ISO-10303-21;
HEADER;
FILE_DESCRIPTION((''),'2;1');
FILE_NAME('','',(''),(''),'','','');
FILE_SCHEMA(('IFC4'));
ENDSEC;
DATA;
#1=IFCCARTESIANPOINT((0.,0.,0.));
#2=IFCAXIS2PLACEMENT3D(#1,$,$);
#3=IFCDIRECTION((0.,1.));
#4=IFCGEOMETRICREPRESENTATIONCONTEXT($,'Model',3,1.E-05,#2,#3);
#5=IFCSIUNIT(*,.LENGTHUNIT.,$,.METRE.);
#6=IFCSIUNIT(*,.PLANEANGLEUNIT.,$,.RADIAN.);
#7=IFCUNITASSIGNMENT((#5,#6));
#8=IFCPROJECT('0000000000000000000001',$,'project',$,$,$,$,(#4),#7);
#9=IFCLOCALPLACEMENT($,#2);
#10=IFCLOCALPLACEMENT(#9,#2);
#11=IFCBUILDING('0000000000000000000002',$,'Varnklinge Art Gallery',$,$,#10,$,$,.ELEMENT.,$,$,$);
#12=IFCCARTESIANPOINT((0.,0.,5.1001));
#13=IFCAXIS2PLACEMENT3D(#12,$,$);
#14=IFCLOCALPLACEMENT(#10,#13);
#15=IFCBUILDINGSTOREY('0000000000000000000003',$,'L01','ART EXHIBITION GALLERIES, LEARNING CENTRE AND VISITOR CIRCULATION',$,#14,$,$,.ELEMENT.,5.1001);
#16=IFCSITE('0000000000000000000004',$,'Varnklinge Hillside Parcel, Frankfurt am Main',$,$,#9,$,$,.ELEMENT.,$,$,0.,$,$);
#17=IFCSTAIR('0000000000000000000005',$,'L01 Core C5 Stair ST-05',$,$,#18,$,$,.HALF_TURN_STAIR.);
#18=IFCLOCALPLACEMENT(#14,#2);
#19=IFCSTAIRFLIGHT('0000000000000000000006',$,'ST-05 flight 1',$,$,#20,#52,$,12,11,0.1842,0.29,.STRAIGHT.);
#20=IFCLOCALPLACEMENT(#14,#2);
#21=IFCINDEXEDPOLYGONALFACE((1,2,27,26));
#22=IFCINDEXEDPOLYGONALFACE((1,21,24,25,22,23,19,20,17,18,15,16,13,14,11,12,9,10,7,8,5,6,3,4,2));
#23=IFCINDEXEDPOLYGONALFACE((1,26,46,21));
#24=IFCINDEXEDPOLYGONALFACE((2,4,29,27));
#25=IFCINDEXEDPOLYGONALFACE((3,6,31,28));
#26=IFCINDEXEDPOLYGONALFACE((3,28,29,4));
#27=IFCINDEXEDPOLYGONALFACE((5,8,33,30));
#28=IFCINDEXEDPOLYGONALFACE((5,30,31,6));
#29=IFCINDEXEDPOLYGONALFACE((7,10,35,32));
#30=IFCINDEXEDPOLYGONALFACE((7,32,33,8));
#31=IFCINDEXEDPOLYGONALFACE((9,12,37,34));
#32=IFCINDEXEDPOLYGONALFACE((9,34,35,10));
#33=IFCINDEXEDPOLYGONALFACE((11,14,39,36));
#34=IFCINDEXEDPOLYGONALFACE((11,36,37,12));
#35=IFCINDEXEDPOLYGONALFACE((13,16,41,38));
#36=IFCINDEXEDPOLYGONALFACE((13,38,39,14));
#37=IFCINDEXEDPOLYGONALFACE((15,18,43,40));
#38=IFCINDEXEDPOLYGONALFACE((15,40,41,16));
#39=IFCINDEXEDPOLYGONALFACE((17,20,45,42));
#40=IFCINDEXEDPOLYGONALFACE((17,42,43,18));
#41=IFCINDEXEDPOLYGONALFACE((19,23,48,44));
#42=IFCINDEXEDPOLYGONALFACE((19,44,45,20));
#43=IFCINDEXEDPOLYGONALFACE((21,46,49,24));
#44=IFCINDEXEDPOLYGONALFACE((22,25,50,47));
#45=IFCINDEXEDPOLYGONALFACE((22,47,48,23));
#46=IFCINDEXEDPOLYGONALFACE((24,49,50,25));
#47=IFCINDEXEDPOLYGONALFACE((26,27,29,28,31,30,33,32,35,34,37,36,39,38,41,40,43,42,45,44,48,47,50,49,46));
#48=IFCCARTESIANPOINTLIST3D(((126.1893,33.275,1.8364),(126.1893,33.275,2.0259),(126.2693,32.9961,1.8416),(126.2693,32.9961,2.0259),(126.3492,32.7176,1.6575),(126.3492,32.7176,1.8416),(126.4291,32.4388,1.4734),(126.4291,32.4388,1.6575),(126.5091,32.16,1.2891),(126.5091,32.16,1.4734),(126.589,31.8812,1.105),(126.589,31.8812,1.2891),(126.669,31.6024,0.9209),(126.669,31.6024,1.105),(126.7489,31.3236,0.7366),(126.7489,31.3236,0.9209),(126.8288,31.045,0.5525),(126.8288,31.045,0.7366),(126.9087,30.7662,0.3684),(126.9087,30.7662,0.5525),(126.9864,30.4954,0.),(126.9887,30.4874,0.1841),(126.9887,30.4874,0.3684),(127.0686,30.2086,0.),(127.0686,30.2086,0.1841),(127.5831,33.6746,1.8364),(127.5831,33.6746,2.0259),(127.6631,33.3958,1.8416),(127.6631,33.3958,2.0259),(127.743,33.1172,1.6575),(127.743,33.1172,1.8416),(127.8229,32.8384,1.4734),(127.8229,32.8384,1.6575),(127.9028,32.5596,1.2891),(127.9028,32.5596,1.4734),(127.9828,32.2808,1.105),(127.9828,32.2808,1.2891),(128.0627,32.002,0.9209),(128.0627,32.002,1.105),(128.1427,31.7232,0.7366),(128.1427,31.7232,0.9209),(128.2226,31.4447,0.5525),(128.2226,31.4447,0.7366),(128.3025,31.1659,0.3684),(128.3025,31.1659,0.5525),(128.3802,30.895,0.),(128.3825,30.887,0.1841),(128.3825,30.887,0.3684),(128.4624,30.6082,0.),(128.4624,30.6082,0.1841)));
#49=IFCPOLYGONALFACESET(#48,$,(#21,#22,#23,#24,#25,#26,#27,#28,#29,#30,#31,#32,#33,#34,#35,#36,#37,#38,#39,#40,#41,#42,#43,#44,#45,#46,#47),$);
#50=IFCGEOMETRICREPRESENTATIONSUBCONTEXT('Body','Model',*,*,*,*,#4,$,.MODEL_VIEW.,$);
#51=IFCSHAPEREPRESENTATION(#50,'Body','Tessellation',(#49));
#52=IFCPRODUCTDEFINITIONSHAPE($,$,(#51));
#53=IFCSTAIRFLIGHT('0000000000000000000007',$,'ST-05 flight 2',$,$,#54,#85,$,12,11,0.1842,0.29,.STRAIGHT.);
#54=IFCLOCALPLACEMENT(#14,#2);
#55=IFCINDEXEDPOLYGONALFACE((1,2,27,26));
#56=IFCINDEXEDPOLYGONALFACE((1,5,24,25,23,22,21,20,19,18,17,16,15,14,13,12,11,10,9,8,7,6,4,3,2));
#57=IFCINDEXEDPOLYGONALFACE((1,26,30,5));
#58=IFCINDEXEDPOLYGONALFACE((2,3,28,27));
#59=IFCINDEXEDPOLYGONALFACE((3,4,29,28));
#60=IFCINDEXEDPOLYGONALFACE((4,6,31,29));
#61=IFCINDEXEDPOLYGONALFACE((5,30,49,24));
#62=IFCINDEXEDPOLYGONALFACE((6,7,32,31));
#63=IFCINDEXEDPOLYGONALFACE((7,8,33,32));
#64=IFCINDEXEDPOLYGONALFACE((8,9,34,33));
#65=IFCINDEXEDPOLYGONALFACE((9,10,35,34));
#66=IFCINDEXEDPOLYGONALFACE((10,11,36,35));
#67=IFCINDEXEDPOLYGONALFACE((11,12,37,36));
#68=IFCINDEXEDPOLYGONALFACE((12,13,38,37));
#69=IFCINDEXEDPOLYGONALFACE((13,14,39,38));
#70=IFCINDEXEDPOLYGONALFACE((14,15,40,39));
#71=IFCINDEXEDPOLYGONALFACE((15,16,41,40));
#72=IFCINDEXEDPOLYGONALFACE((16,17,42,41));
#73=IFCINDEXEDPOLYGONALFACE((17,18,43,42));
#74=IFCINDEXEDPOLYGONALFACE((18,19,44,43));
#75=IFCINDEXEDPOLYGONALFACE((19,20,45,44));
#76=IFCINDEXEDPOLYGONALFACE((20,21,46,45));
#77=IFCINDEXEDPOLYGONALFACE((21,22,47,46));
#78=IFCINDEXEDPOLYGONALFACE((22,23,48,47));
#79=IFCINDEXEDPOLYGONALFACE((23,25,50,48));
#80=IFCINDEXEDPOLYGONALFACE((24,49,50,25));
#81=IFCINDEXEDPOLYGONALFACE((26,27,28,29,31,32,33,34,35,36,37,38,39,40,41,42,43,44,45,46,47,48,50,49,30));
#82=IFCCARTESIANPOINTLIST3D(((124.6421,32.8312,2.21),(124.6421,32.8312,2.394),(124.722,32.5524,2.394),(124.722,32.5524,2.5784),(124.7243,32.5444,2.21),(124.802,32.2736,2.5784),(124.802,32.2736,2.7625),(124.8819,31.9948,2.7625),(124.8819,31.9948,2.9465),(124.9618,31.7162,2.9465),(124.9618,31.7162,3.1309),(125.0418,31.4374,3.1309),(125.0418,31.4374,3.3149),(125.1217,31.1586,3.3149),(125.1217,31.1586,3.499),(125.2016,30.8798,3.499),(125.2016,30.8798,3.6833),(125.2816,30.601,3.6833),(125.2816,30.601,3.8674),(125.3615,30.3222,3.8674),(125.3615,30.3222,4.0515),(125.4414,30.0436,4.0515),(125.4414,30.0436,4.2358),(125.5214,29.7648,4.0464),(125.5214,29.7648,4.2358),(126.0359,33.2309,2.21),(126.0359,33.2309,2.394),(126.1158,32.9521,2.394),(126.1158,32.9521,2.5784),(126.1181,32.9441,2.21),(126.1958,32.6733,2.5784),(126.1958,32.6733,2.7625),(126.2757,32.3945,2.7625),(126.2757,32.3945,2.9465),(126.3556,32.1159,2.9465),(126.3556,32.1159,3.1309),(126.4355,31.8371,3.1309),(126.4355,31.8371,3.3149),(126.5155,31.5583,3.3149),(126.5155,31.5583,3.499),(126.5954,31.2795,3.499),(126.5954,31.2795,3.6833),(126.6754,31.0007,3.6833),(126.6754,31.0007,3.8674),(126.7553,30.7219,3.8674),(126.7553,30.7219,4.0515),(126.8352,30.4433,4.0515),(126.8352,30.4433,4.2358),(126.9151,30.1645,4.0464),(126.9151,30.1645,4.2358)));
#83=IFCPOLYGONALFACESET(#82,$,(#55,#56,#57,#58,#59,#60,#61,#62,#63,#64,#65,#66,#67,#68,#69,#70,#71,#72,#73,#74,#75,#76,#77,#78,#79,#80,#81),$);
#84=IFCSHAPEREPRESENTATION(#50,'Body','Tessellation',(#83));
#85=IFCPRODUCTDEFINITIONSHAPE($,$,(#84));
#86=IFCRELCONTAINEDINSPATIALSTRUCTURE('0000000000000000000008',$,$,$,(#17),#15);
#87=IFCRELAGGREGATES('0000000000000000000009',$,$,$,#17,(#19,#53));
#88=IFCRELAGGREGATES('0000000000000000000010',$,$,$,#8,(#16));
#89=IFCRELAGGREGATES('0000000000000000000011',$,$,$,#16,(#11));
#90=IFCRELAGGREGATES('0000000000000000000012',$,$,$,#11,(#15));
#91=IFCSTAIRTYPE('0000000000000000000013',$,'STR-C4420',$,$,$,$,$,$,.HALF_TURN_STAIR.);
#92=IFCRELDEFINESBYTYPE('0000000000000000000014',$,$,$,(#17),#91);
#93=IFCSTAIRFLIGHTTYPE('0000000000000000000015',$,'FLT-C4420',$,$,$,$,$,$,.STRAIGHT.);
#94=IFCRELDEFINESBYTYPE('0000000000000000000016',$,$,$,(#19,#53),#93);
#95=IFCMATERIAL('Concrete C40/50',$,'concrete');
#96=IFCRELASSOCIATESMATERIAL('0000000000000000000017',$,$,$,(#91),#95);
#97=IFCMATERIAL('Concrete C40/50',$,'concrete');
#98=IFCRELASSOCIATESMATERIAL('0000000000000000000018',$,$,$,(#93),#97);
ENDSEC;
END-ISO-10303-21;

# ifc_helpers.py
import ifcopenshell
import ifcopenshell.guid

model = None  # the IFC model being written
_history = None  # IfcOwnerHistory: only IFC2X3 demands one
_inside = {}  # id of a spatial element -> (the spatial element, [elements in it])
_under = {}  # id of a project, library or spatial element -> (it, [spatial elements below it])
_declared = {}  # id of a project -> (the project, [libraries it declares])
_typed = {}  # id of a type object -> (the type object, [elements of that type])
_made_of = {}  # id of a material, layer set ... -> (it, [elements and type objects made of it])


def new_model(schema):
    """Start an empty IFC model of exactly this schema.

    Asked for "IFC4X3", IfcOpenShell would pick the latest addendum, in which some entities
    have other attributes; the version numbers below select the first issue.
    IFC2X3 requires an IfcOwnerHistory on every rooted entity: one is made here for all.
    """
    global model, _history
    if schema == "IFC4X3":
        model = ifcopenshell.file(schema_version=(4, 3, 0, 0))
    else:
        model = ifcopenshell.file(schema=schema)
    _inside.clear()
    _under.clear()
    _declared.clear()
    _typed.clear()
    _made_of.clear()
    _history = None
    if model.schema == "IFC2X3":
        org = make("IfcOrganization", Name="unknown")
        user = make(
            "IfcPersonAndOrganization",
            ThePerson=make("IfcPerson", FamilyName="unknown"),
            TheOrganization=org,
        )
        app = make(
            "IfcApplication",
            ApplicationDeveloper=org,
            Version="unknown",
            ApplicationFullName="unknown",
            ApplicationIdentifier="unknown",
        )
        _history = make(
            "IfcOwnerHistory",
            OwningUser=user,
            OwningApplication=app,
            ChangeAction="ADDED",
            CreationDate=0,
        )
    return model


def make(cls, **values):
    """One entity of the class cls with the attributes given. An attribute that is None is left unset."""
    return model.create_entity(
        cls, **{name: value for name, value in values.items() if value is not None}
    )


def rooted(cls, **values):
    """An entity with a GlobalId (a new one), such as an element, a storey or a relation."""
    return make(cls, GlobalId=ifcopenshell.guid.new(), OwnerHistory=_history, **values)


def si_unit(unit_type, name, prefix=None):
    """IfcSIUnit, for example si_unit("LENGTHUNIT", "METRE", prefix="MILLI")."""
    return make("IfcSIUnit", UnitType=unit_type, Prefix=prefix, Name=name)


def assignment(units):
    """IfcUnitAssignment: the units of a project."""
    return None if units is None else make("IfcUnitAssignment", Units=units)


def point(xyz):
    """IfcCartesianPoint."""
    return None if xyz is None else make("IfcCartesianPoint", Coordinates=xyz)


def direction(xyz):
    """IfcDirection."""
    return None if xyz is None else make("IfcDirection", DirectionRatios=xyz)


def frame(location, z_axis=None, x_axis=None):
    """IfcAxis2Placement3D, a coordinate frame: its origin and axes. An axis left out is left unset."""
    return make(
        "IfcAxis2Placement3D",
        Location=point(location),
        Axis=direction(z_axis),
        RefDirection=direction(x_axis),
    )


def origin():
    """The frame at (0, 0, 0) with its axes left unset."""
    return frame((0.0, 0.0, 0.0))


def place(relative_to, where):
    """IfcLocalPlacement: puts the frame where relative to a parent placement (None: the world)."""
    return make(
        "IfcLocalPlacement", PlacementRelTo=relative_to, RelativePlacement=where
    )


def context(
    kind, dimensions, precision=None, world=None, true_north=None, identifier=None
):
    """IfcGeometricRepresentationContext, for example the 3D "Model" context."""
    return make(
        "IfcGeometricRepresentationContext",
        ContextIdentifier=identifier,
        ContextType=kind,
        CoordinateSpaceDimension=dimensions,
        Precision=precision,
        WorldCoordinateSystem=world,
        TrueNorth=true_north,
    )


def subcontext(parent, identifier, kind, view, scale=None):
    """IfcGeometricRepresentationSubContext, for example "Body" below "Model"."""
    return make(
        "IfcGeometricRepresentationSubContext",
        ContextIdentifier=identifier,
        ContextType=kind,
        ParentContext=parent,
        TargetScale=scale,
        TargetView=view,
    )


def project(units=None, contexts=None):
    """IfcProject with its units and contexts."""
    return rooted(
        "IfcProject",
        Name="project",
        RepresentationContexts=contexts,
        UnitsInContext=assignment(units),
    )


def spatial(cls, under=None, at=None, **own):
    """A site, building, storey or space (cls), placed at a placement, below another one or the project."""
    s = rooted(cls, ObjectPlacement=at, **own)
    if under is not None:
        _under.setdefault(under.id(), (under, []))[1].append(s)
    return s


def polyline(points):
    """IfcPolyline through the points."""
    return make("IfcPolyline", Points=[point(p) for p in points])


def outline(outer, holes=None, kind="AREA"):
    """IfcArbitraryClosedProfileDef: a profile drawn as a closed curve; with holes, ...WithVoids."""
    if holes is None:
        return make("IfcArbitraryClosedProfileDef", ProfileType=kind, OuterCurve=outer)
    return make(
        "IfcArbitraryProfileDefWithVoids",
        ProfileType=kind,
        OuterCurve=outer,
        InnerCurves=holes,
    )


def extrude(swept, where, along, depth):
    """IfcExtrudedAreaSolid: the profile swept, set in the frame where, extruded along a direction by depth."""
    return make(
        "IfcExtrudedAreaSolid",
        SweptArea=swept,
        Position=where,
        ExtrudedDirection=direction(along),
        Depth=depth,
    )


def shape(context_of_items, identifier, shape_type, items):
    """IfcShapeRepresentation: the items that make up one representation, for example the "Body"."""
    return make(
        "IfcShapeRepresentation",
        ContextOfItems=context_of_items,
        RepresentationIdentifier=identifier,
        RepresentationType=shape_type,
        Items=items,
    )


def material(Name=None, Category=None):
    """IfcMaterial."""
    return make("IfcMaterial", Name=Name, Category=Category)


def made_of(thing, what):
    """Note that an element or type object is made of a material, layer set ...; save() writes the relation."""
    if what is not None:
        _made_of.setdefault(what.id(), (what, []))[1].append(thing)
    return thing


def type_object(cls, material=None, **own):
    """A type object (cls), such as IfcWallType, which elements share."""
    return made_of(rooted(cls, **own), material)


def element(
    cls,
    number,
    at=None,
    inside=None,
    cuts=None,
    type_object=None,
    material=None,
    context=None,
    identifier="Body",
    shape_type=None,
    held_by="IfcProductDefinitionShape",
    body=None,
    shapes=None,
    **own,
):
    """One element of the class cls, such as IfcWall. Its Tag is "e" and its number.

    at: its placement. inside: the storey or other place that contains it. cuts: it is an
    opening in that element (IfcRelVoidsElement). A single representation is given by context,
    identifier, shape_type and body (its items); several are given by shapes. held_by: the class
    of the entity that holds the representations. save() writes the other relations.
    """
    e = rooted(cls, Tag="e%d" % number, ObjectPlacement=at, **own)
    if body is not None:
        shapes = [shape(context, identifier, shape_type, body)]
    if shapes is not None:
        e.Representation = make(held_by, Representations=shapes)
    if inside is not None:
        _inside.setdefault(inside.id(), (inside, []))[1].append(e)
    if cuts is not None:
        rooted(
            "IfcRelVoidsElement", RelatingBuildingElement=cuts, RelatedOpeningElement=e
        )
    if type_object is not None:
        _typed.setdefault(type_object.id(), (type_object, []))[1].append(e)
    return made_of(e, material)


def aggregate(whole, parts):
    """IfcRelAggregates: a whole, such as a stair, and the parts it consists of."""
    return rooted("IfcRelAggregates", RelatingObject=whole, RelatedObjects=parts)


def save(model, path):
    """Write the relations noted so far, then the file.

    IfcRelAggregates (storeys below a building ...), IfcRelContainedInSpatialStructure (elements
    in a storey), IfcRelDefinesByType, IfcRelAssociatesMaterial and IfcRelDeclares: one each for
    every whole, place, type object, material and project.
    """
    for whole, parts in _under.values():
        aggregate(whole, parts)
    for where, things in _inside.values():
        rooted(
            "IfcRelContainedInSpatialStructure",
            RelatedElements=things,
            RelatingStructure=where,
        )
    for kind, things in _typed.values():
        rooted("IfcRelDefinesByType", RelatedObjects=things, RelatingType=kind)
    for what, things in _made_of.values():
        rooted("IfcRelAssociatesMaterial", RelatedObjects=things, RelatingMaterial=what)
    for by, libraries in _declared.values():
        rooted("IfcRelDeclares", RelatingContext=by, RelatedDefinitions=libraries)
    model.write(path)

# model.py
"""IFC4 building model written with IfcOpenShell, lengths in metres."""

from ifc_helpers import new_model, si_unit, direction, frame, origin, place, context, subcontext, project, spatial, polyline, outline, extrude, material, type_object, element, aggregate, save


model = new_model("IFC4")

# Units and contexts
model_context = context("Model", 3, precision=1e-05, world=origin(), true_north=direction((0.0, 1.0)))
body_context = subcontext(model_context, "Body", "Model", "MODEL_VIEW")
ifc_project = project(units=[si_unit("LENGTHUNIT", "METRE"), si_unit("PLANEANGLEUNIT", "RADIAN")], contexts=[model_context])

# Site, building, storey
site_placement = place(None, origin())
site = spatial("IfcSite", under=ifc_project, at=site_placement, Name="Varnklinge Hillside Parcel, Frankfurt am Main", CompositionType="ELEMENT", RefElevation=0.0)
building_placement = place(site_placement, origin())
building = spatial("IfcBuilding", under=site, at=building_placement, Name="Varnklinge Art Gallery", CompositionType="ELEMENT")
storey_placement = place(building_placement, frame((0.0, 0.0, 5.1001)))
storey = spatial("IfcBuildingStorey", under=building, at=storey_placement, Name="L01", Description="ART EXHIBITION GALLERIES, LEARNING CENTRE AND VISITOR CIRCULATION", CompositionType="ELEMENT", Elevation=5.1001)

# Stair, stair flights
ifc_material_1 = material(Name="Concrete C40/50", Category="concrete")
stair_type = type_object("IfcStairType", Name="STR-C4420", PredefinedType="HALF_TURN_STAIR", material=ifc_material_1)
stair_placement = place(storey_placement, origin())
stair = element("IfcStair", 1, at=stair_placement, inside=storey, type_object=stair_type, Name="L01 Core C5 Stair ST-05", PredefinedType="HALF_TURN_STAIR")
ifc_material_2 = material(Name="Concrete C40/50", Category="concrete")
stair_flight_type = type_object("IfcStairFlightType", Name="FLT-C4420", PredefinedType="STRAIGHT", material=ifc_material_2)
stair_flight_1_placement = place(storey_placement, frame((127.7656, 30.4084, 0.0), z_axis=(0.0, 0.0, 1.0), x_axis=(-0.275637, 0.961262, 0.0)))
stair_flight_1 = element("IfcStairFlight", 2, at=stair_flight_1_placement, type_object=stair_flight_type, Name="ST-05 flight 1", NumberOfRisers=12, NumberOfTreads=11, PredefinedType="STRAIGHT", RiserHeight=0.1842, TreadLength=0.29, context=body_context, shape_type="SweptSolid", body=[
    extrude(outline(polyline([(0.0, 0.0), (0.0, 0.1841), (0.29, 0.1841), (0.29, 0.3684), (0.5801, 0.3684), (0.5801, 0.5525), (0.8701, 0.5525), (0.8701, 0.7366), (1.1599, 0.7366), (1.1599, 0.9209), (1.45, 0.9209), (1.45, 1.105), (1.74, 1.105), (1.74, 1.2891), (2.03, 1.2891), (2.03, 1.4734), (2.3201, 1.4734), (2.3201, 1.6575), (2.6101, 1.6575), (2.6101, 1.8416), (2.8999, 1.8416), (2.8999, 2.0259), (3.1899, 2.0259), (3.1899, 2.21), (3.1899, 1.8364), (0.2983, 0.0), (0.0, 0.0)])), frame((0.0, 0.7251, 0.0), z_axis=(0.0, -1.0, 0.0), x_axis=(1.0, 0.0, 0.0)), (0.0, 0.0, 1.0), 1.45),
])
stair_flight_2_placement = place(storey_placement, frame((125.3389, 33.031, 2.21), z_axis=(0.0, 0.0, 1.0), x_axis=(0.275637, -0.961262, 0.0)))
stair_flight_2 = element("IfcStairFlight", 3, at=stair_flight_2_placement, type_object=stair_flight_type, Name="ST-05 flight 2", NumberOfRisers=12, NumberOfTreads=11, PredefinedType="STRAIGHT", RiserHeight=0.1842, TreadLength=0.29, context=body_context, shape_type="SweptSolid", body=[
    extrude(outline(polyline([(0.0, 0.0), (0.0, 0.1841), (0.29, 0.1841), (0.29, 0.3684), (0.5801, 0.3684), (0.5801, 0.5525), (0.8701, 0.5525), (0.8701, 0.7366), (1.1599, 0.7366), (1.1599, 0.9209), (1.45, 0.9209), (1.45, 1.105), (1.74, 1.105), (1.74, 1.2891), (2.03, 1.2891), (2.03, 1.4734), (2.3201, 1.4734), (2.3201, 1.6575), (2.6101, 1.6575), (2.6101, 1.8416), (2.8999, 1.8416), (2.8999, 2.0259), (3.1899, 2.0259), (3.1899, 2.21), (3.1899, 1.8364), (0.2983, 0.0), (0.0, 0.0)])), frame((0.0, 0.7251, 0.0), z_axis=(0.0, -1.0, 0.0), x_axis=(1.0, 0.0, 0.0)), (0.0, 0.0, 1.0), 1.45),
])
aggregate(stair, [stair_flight_1, stair_flight_2])

save(model, "model.ifc")
